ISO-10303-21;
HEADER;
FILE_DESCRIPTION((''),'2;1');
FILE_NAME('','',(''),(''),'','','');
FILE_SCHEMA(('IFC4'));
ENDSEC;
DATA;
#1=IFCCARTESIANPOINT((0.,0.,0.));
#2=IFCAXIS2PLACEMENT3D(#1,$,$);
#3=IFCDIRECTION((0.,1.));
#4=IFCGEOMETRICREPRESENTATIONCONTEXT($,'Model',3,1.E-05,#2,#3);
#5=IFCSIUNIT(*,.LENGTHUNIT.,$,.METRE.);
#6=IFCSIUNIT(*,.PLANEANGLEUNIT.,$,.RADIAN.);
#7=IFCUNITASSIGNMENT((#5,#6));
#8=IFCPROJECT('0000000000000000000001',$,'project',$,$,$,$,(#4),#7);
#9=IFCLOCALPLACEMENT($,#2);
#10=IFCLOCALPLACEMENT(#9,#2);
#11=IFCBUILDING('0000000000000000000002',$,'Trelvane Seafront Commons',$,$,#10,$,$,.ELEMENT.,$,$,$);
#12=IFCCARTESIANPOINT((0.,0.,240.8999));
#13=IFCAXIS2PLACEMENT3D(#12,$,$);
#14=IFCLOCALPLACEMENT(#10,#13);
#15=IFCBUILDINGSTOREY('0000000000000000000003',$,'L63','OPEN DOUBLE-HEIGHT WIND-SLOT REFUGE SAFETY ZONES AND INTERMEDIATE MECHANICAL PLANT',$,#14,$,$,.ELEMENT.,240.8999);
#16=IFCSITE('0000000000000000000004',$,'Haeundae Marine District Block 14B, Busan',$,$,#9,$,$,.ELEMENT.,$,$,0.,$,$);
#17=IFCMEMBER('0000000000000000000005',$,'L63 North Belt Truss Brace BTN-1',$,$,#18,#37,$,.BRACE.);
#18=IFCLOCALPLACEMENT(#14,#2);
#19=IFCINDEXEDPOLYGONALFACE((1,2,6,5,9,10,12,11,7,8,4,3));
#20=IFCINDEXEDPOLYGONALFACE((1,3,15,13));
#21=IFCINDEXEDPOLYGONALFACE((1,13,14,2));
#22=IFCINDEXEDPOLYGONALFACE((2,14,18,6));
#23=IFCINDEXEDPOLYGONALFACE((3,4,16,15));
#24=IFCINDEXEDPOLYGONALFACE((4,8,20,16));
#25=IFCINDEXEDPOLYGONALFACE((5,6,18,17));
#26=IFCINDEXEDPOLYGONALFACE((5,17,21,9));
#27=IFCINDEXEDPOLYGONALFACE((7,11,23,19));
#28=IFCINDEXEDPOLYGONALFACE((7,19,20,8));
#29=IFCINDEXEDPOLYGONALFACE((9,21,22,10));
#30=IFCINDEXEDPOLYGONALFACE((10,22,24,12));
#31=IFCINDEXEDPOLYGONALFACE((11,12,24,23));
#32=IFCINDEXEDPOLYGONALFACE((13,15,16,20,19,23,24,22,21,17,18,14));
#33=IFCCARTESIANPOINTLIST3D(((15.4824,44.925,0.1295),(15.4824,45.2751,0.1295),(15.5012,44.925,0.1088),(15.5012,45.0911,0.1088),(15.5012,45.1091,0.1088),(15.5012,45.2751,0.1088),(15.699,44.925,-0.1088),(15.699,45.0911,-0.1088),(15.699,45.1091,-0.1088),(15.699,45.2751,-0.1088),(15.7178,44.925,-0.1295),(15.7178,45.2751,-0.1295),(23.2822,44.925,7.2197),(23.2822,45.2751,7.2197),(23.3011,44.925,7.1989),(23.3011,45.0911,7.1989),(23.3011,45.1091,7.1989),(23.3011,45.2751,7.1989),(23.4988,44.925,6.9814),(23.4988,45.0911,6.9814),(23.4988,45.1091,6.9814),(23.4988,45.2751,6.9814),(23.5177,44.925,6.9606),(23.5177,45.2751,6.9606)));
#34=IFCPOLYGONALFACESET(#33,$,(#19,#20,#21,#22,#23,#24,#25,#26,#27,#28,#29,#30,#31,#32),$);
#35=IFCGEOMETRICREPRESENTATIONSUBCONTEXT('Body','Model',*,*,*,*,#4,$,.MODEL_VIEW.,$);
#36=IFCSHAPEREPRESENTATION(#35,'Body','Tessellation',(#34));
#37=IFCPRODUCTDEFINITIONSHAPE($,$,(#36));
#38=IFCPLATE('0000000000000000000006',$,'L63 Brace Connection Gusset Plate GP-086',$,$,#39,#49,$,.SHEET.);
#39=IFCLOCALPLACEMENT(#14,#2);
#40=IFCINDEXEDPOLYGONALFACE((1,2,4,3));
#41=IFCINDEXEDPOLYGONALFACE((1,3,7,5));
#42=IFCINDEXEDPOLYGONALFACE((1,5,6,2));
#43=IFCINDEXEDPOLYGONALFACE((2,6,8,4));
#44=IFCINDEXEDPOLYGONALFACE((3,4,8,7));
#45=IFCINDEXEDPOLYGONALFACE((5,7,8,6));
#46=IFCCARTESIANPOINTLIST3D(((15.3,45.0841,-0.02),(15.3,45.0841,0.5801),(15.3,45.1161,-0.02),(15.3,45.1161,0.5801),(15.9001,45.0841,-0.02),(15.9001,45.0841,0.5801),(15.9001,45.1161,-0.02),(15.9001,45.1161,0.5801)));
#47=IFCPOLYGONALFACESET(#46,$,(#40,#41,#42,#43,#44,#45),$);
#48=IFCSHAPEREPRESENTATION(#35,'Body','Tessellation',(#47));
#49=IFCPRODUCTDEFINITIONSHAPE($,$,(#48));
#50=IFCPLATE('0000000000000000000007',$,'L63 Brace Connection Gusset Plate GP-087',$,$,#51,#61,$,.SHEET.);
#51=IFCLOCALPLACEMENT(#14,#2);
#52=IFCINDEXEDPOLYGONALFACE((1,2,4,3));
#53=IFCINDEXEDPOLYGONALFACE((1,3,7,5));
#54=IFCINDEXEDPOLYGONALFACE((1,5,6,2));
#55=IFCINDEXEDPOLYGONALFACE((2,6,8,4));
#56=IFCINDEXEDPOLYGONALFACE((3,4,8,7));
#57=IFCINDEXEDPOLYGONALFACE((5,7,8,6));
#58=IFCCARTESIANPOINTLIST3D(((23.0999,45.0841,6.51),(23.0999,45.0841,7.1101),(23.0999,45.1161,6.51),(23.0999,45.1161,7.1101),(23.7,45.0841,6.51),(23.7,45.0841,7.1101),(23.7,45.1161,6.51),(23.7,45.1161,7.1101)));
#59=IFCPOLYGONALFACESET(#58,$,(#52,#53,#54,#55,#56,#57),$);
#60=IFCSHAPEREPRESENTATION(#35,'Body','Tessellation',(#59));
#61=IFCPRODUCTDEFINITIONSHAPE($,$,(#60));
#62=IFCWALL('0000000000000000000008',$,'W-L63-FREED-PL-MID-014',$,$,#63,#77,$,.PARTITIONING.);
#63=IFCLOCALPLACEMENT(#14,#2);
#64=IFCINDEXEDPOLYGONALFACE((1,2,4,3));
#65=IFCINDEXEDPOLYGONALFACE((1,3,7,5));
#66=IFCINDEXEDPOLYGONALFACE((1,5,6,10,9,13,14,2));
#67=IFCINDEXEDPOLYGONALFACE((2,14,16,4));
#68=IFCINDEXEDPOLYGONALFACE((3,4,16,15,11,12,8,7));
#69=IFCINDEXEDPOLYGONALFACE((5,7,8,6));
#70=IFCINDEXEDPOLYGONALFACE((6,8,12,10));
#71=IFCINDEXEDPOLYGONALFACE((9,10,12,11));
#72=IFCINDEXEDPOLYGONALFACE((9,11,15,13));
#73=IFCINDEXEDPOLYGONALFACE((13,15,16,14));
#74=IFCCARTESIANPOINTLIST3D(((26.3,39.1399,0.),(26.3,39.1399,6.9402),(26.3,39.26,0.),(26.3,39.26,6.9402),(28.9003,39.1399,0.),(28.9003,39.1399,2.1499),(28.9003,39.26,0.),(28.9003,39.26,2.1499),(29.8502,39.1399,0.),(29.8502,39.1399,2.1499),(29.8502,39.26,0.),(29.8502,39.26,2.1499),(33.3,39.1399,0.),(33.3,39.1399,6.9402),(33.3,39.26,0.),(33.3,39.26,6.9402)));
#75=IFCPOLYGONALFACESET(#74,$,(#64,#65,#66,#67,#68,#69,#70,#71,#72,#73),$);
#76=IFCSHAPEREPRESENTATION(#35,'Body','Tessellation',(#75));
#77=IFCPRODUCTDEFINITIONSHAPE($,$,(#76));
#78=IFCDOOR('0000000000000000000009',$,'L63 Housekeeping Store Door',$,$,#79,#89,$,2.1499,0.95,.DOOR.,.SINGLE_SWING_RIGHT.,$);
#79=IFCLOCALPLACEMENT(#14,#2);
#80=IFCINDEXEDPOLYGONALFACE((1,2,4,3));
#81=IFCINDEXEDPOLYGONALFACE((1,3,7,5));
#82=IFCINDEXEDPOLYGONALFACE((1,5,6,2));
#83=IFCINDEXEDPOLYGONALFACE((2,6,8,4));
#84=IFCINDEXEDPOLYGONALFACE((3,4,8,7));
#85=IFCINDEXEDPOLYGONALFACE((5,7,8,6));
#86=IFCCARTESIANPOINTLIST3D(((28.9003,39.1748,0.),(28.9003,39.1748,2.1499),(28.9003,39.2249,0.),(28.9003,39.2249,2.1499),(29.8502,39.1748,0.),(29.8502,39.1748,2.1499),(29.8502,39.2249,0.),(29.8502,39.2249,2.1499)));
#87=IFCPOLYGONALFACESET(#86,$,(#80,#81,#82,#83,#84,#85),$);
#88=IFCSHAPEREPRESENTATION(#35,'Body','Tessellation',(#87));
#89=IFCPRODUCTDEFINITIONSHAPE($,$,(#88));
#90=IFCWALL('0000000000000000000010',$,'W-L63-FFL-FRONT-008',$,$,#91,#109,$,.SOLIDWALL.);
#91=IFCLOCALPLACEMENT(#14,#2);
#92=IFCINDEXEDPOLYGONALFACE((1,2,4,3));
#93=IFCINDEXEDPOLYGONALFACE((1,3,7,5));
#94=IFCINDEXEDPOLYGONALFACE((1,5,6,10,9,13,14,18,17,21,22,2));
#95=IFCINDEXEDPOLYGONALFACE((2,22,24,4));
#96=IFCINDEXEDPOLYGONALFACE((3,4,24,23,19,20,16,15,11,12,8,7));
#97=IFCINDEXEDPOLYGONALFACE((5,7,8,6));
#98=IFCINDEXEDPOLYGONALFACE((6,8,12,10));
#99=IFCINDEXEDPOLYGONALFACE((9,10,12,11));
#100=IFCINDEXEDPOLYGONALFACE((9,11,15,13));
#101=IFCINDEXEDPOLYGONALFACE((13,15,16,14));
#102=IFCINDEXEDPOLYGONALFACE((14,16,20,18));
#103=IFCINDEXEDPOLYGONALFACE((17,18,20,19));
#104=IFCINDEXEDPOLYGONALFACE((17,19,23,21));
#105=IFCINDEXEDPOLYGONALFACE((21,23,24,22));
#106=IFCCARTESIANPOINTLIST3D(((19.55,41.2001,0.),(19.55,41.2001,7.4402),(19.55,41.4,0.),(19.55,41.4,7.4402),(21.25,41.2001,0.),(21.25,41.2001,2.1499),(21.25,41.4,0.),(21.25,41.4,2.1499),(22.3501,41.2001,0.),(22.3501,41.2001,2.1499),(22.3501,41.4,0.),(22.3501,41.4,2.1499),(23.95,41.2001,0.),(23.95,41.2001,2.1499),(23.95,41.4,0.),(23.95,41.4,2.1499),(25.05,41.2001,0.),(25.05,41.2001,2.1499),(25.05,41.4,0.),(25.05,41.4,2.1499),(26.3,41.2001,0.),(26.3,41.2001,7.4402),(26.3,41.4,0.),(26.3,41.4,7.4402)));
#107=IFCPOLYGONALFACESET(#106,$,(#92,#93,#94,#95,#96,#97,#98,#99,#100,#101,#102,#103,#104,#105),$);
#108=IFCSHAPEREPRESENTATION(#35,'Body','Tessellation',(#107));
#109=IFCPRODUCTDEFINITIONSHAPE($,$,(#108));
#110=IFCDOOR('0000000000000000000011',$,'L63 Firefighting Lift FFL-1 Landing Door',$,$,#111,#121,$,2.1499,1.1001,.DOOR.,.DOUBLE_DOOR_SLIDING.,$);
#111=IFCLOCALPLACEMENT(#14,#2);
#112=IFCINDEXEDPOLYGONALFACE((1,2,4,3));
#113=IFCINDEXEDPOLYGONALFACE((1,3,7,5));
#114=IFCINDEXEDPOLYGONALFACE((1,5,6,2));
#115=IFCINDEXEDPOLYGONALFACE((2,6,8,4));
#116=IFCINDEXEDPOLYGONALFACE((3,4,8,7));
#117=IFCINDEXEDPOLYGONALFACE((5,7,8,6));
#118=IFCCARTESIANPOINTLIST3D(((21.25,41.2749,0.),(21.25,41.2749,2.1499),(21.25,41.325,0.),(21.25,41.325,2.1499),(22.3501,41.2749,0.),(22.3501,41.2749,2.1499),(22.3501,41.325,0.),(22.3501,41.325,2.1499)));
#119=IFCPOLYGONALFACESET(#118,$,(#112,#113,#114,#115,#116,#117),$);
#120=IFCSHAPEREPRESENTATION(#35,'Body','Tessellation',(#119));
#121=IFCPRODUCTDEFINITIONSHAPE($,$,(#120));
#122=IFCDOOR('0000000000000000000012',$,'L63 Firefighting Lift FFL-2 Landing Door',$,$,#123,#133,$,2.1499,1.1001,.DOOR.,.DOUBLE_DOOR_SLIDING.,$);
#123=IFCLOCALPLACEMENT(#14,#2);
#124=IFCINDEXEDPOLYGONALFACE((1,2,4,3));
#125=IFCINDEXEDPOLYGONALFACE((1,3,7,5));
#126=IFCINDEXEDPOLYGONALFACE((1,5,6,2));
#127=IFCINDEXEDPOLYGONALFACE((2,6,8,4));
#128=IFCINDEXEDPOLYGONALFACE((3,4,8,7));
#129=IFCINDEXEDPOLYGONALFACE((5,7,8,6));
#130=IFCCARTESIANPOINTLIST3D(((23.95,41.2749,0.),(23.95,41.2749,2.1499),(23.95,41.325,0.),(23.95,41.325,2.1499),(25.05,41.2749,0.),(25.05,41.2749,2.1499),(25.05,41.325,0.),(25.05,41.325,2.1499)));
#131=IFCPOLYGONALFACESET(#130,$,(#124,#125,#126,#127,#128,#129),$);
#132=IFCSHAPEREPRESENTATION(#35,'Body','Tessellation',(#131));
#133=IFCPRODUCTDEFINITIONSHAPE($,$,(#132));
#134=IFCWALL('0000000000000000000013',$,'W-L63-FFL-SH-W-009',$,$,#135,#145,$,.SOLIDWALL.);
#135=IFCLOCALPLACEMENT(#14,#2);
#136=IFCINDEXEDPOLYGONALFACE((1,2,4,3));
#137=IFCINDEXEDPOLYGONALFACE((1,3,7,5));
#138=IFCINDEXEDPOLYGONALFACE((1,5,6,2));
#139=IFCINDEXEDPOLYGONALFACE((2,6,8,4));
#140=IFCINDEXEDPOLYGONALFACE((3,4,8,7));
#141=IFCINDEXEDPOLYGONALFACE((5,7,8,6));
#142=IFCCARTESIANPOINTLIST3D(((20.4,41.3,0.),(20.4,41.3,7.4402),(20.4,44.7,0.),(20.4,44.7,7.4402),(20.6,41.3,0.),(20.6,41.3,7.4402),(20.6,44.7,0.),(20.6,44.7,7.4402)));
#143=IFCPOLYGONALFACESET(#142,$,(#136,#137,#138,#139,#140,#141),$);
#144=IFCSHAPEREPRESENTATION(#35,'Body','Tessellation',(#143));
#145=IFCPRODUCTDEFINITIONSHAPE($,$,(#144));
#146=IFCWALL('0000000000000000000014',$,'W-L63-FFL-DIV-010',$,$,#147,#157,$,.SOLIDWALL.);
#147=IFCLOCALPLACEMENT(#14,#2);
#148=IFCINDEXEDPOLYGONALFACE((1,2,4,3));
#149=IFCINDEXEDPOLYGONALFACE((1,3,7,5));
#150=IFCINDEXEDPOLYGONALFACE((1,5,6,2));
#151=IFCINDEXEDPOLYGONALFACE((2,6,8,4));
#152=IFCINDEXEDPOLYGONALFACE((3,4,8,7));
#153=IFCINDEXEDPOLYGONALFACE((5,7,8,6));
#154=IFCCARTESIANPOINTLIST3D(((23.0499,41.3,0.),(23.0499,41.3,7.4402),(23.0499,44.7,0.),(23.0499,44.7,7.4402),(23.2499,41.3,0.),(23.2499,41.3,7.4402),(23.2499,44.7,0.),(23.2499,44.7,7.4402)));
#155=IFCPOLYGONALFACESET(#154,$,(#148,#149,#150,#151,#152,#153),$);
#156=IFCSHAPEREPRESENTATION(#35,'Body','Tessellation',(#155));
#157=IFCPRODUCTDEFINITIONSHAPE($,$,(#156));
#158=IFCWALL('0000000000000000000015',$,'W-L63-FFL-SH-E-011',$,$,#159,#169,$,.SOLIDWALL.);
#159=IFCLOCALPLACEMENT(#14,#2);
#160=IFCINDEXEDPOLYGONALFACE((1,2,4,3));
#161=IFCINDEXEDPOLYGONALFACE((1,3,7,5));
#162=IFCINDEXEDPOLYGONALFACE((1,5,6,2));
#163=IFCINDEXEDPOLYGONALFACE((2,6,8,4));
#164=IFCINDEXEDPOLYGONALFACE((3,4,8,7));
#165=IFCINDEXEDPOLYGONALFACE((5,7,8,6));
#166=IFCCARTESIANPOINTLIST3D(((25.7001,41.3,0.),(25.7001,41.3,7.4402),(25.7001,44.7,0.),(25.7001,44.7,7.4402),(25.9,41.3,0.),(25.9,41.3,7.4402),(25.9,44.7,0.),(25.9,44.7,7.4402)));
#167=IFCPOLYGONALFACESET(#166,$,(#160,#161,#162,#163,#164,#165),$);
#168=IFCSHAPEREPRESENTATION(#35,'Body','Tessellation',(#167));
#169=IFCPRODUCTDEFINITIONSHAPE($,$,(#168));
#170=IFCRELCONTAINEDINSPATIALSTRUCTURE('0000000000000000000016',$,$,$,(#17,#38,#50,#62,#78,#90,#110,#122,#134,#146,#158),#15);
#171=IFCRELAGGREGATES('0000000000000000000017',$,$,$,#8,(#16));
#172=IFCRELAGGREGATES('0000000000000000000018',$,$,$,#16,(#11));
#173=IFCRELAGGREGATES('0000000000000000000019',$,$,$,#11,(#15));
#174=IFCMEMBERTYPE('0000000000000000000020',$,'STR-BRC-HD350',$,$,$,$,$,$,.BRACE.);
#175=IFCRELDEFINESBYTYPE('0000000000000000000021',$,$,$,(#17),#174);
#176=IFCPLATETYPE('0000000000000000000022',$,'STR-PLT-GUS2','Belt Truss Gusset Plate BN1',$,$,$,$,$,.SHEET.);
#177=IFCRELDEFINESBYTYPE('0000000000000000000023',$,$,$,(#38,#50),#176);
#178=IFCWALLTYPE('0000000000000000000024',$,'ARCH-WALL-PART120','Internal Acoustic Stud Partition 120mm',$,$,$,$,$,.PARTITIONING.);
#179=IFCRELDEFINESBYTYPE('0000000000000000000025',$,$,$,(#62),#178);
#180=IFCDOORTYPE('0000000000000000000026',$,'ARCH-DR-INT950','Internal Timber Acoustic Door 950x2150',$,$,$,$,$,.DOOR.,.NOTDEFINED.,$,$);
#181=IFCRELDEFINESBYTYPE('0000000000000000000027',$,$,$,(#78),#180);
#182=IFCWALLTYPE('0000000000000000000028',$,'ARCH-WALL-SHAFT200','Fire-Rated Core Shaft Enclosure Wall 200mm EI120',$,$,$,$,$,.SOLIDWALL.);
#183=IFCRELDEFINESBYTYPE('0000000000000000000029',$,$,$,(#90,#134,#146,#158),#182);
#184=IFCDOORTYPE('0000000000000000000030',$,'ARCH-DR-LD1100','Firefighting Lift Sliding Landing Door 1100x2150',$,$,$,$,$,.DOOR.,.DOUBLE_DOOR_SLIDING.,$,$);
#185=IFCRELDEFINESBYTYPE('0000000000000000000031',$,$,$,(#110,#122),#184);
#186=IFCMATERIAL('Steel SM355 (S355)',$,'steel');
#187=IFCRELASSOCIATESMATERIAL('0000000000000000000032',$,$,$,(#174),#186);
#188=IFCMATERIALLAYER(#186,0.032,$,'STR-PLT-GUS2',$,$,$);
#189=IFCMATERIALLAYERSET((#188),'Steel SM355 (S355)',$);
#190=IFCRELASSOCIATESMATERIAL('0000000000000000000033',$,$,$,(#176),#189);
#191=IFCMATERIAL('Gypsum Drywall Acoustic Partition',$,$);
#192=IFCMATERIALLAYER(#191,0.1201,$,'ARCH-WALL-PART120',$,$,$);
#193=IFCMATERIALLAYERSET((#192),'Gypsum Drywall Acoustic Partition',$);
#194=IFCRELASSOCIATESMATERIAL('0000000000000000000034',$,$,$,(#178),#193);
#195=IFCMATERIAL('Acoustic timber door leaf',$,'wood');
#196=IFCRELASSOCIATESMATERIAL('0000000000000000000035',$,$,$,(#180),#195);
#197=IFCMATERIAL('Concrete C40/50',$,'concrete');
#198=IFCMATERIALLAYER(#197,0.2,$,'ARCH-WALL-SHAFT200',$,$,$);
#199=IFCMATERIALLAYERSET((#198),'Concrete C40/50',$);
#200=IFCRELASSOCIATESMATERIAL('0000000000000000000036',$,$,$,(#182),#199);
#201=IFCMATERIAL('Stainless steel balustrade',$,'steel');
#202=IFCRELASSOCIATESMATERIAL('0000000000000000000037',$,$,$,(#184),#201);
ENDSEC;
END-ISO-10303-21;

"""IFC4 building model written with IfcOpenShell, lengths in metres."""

from ifc_helpers import new_model, si_unit, direction, frame, frame_2d, origin, origin_2d, place, context, subcontext, project, spatial, rectangle, i_section, extrude, source, transform, mapped, material, layer, layer_set, material_profile, profile_set, type_object, element, fill, save


model = new_model("IFC4")

# Units and contexts
model_context = context("Model", 3, precision=1e-05, world=origin(), true_north=direction((0.0, 1.0)))
body_context = subcontext(model_context, "Body", "Model", "MODEL_VIEW")
ifc_project = project(units=[si_unit("LENGTHUNIT", "METRE"), si_unit("PLANEANGLEUNIT", "RADIAN")], contexts=[model_context])

# Site, building, storey
site_placement = place(None, origin())
site = spatial("IfcSite", under=ifc_project, at=site_placement, Name="Haeundae Marine District Block 14B, Busan", CompositionType="ELEMENT", RefElevation=0.0)
building_placement = place(site_placement, origin())
building = spatial("IfcBuilding", under=site, at=building_placement, Name="Trelvane Seafront Commons", CompositionType="ELEMENT")
storey_placement = place(building_placement, frame((0.0, 0.0, 240.8999)))
storey = spatial("IfcBuildingStorey", under=building, at=storey_placement, Name="L63", Description="OPEN DOUBLE-HEIGHT WIND-SLOT REFUGE SAFETY ZONES AND INTERMEDIATE MECHANICAL PLANT", CompositionType="ELEMENT", Elevation=240.8999)

# Shared definitions
ifc_material_1 = material(Name="Steel SM355 (S355)", Category="steel")

# Member
ifc_material_profile_1 = material_profile(ifc_material_1, i_section(OverallWidth=0.3501, OverallDepth=0.3501, WebThickness=0.0181, FlangeThickness=0.0281, at=origin_2d()), Name="HD-350x350x18x28")
ifc_profile_set_1 = profile_set([ifc_material_profile_1], Name="Steel SM355 (S355)")
member_type = type_object("IfcMemberType", Name="STR-BRC-HD350", PredefinedType="BRACE", material=ifc_profile_set_1)
shared_shape_1 = source(origin(), body_context, "Body", "SweptSolid", [
    extrude(i_section(OverallWidth=0.3501, OverallDepth=0.3501, WebThickness=0.0181, FlangeThickness=0.0281, at=origin_2d()), origin(), (0.0, 0.0, 1.0), 10.5408),
])
member_placement = place(storey_placement, frame((15.6001, 45.1001, 0.0), z_axis=(0.73997, 0.0, 0.672639), x_axis=(0.0, 1.0, 0.0)))
element("IfcMember", 1, at=member_placement, inside=storey, type_object=member_type, Name="L63 North Belt Truss Brace BTN-1", PredefinedType="BRACE", context=body_context, shape_type="MappedRepresentation", body=[
    mapped(shared_shape_1, transform((0.0, 0.0, 0.0), x_axis=(1.0, 0.0, 0.0), y_axis=(0.0, 1.0, 0.0), z_axis=(0.0, 0.0, 1.0), scale=1.0)),
])

# Plates
ifc_layer_1 = layer(ifc_material_1, 0.032, Name="STR-PLT-GUS2")
ifc_layer_set_1 = layer_set([ifc_layer_1], Name="Steel SM355 (S355)")
plate_type = type_object("IfcPlateType", Name="STR-PLT-GUS2", Description="Belt Truss Gusset Plate BN1", PredefinedType="SHEET", material=ifc_layer_set_1)
shared_shape_2 = source(origin(), body_context, "Body", "SweptSolid", [
    extrude(rectangle(XDim=0.6001, YDim=0.032, at=origin_2d()), origin(), (0.0, 0.0, 1.0), 0.6001),
])
for number, where, z_axis, x_axis, name in (
    (2, (15.6001, 45.1001, -0.02), (0.0, 0.0, 1.0), (1.0, 0.0, 0.0), "L63 Brace Connection Gusset Plate GP-086"),
    (3, (23.3999, 45.1001, 6.51), (0.0, 0.0, 1.0), (1.0, 0.0, 0.0), "L63 Brace Connection Gusset Plate GP-087"),
):
    element("IfcPlate", number, at=place(storey_placement, frame(where, z_axis=z_axis, x_axis=x_axis)), inside=storey, type_object=plate_type, Name=name, PredefinedType="SHEET", context=body_context, shape_type="MappedRepresentation", body=[
        mapped(shared_shape_2, transform((0.0, 0.0, 0.0), x_axis=(1.0, 0.0, 0.0), y_axis=(0.0, 1.0, 0.0), z_axis=(0.0, 0.0, 1.0), scale=1.0)),
    ])

# Wall, opening, door
ifc_material_2 = material(Name="Gypsum Drywall Acoustic Partition")
ifc_layer_2 = layer(ifc_material_2, 0.1201, Name="ARCH-WALL-PART120")
ifc_layer_set_2 = layer_set([ifc_layer_2], Name="Gypsum Drywall Acoustic Partition")
wall_type_1 = type_object("IfcWallType", Name="ARCH-WALL-PART120", Description="Internal Acoustic Stud Partition 120mm", PredefinedType="PARTITIONING", material=ifc_layer_set_2)
wall_1_placement = place(storey_placement, frame((26.3, 39.2, 0.0), z_axis=(0.0, 0.0, 1.0), x_axis=(1.0, 0.0, 0.0)))
wall_1 = element("IfcWall", 4, at=wall_1_placement, inside=storey, type_object=wall_type_1, Name="W-L63-FREED-PL-MID-014", PredefinedType="PARTITIONING", context=body_context, shape_type="SweptSolid", body=[
    extrude(rectangle(XDim=7.0, YDim=0.1201, at=frame_2d((3.5, 0.0))), origin(), (0.0, 0.0, 1.0), 6.9402),
])
opening_1_placement = place(wall_1_placement, frame((2.6001, 0.0, 0.0)))
opening_1 = element("IfcOpeningElement", 5, at=opening_1_placement, cuts=wall_1, PredefinedType="OPENING", context=body_context, shape_type="SweptSolid", body=[
    extrude(rectangle(XDim=0.95, YDim=2.1499, at=frame_2d((0.4751, 1.075))), frame((0.0, 0.0701, 0.0), z_axis=(0.0, -1.0, 0.0), x_axis=(1.0, 0.0, 0.0)), (0.0, 0.0, 1.0), 0.1401),
])
ifc_material_3 = material(Name="Acoustic timber door leaf", Category="wood")
door_type_1 = type_object("IfcDoorType", Name="ARCH-DR-INT950", Description="Internal Timber Acoustic Door 950x2150", OperationType="NOTDEFINED", PredefinedType="DOOR", material=ifc_material_3)
shared_shape_3 = source(origin(), body_context, "Body", "SweptSolid", [
    extrude(rectangle(XDim=0.95, YDim=2.1499, at=frame_2d((0.4751, 1.075))), frame((0.0, 0.0249, 0.0), z_axis=(0.0, -1.0, 0.0), x_axis=(1.0, 0.0, 0.0)), (0.0, 0.0, 1.0), 0.05),
])
door_1_placement = place(opening_1_placement, origin())
door_1 = element("IfcDoor", 6, at=door_1_placement, inside=storey, type_object=door_type_1, Name="L63 Housekeeping Store Door", OperationType="SINGLE_SWING_RIGHT", OverallHeight=2.1499, OverallWidth=0.95, PredefinedType="DOOR", context=body_context, shape_type="MappedRepresentation", body=[
    mapped(shared_shape_3, transform((0.0, 0.0, 0.0), x_axis=(1.0, 0.0, 0.0), y_axis=(0.0, 1.0, 0.0), z_axis=(0.0, 0.0, 1.0), scale=1.0)),
])
fill(opening_1, door_1)

# Wall, openings, doors
ifc_material_4 = material(Name="Concrete C40/50", Category="concrete")
ifc_layer_3 = layer(ifc_material_4, 0.2, Name="ARCH-WALL-SHAFT200")
ifc_layer_set_3 = layer_set([ifc_layer_3], Name="Concrete C40/50")
wall_type_2 = type_object("IfcWallType", Name="ARCH-WALL-SHAFT200", Description="Fire-Rated Core Shaft Enclosure Wall 200mm EI120", PredefinedType="SOLIDWALL", material=ifc_layer_set_3)
wall_2_placement = place(storey_placement, frame((19.55, 41.3, 0.0), z_axis=(0.0, 0.0, 1.0), x_axis=(1.0, 0.0, 0.0)))
wall_2 = element("IfcWall", 7, at=wall_2_placement, inside=storey, type_object=wall_type_2, Name="W-L63-FFL-FRONT-008", PredefinedType="SOLIDWALL", context=body_context, shape_type="SweptSolid", body=[
    extrude(rectangle(XDim=6.75, YDim=0.2, at=frame_2d((3.375, 0.0))), origin(), (0.0, 0.0, 1.0), 7.4402),
])
opening_2_placement = place(wall_2_placement, frame((1.7, 0.0, 0.0)))
opening_2 = element("IfcOpeningElement", 8, at=opening_2_placement, cuts=wall_2, PredefinedType="OPENING", context=body_context, shape_type="SweptSolid", body=[
    extrude(rectangle(XDim=1.1001, YDim=2.1499, at=frame_2d((0.55, 1.075))), frame((0.0, 0.1099, 0.0), z_axis=(0.0, -1.0, 0.0), x_axis=(1.0, 0.0, 0.0)), (0.0, 0.0, 1.0), 0.22),
])
opening_3_placement = place(wall_2_placement, frame((4.3999, 0.0, 0.0)))
opening_3 = element("IfcOpeningElement", 9, at=opening_3_placement, cuts=wall_2, PredefinedType="OPENING", context=body_context, shape_type="SweptSolid", body=[
    extrude(rectangle(XDim=1.1001, YDim=2.1499, at=frame_2d((0.55, 1.075))), frame((0.0, 0.1099, 0.0), z_axis=(0.0, -1.0, 0.0), x_axis=(1.0, 0.0, 0.0)), (0.0, 0.0, 1.0), 0.22),
])
ifc_material_5 = material(Name="Stainless steel balustrade", Category="steel")
door_type_2 = type_object("IfcDoorType", Name="ARCH-DR-LD1100", Description="Firefighting Lift Sliding Landing Door 1100x2150", OperationType="DOUBLE_DOOR_SLIDING", PredefinedType="DOOR", material=ifc_material_5)
shared_shape_4 = source(origin(), body_context, "Body", "SweptSolid", [
    extrude(rectangle(XDim=1.1001, YDim=2.1499, at=frame_2d((0.55, 1.075))), frame((0.0, 0.0249, 0.0), z_axis=(0.0, -1.0, 0.0), x_axis=(1.0, 0.0, 0.0)), (0.0, 0.0, 1.0), 0.05),
])
door_2_placement = place(opening_2_placement, origin())
door_2 = element("IfcDoor", 10, at=door_2_placement, inside=storey, type_object=door_type_2, Name="L63 Firefighting Lift FFL-1 Landing Door", OperationType="DOUBLE_DOOR_SLIDING", OverallHeight=2.1499, OverallWidth=1.1001, PredefinedType="DOOR", context=body_context, shape_type="MappedRepresentation", body=[
    mapped(shared_shape_4, transform((0.0, 0.0, 0.0), x_axis=(1.0, 0.0, 0.0), y_axis=(0.0, 1.0, 0.0), z_axis=(0.0, 0.0, 1.0), scale=1.0)),
])
fill(opening_2, door_2)
door_3_placement = place(opening_3_placement, origin())
door_3 = element("IfcDoor", 11, at=door_3_placement, inside=storey, type_object=door_type_2, Name="L63 Firefighting Lift FFL-2 Landing Door", OperationType="DOUBLE_DOOR_SLIDING", OverallHeight=2.1499, OverallWidth=1.1001, PredefinedType="DOOR", context=body_context, shape_type="MappedRepresentation", body=[
    mapped(shared_shape_4, transform((0.0, 0.0, 0.0), x_axis=(1.0, 0.0, 0.0), y_axis=(0.0, 1.0, 0.0), z_axis=(0.0, 0.0, 1.0), scale=1.0)),
])
fill(opening_3, door_3)

# Walls
for number, where, z_axis, x_axis, name in (
    (12, (20.5, 41.3, 0.0), (0.0, 0.0, 1.0), (0.0, 1.0, 0.0), "W-L63-FFL-SH-W-009"),
    (13, (23.1499, 41.3, 0.0), (0.0, 0.0, 1.0), (0.0, 1.0, 0.0), "W-L63-FFL-DIV-010"),
    (14, (25.8, 41.3, 0.0), (0.0, 0.0, 1.0), (0.0, 1.0, 0.0), "W-L63-FFL-SH-E-011"),
):
    element("IfcWall", number, at=place(storey_placement, frame(where, z_axis=z_axis, x_axis=x_axis)), inside=storey, type_object=wall_type_2, Name=name, PredefinedType="SOLIDWALL", context=body_context, shape_type="SweptSolid", body=[
        extrude(rectangle(XDim=3.3999, YDim=0.2, at=frame_2d((1.7, 0.0))), origin(), (0.0, 0.0, 1.0), 7.4402),
    ])

save(model, "model.ifc")
